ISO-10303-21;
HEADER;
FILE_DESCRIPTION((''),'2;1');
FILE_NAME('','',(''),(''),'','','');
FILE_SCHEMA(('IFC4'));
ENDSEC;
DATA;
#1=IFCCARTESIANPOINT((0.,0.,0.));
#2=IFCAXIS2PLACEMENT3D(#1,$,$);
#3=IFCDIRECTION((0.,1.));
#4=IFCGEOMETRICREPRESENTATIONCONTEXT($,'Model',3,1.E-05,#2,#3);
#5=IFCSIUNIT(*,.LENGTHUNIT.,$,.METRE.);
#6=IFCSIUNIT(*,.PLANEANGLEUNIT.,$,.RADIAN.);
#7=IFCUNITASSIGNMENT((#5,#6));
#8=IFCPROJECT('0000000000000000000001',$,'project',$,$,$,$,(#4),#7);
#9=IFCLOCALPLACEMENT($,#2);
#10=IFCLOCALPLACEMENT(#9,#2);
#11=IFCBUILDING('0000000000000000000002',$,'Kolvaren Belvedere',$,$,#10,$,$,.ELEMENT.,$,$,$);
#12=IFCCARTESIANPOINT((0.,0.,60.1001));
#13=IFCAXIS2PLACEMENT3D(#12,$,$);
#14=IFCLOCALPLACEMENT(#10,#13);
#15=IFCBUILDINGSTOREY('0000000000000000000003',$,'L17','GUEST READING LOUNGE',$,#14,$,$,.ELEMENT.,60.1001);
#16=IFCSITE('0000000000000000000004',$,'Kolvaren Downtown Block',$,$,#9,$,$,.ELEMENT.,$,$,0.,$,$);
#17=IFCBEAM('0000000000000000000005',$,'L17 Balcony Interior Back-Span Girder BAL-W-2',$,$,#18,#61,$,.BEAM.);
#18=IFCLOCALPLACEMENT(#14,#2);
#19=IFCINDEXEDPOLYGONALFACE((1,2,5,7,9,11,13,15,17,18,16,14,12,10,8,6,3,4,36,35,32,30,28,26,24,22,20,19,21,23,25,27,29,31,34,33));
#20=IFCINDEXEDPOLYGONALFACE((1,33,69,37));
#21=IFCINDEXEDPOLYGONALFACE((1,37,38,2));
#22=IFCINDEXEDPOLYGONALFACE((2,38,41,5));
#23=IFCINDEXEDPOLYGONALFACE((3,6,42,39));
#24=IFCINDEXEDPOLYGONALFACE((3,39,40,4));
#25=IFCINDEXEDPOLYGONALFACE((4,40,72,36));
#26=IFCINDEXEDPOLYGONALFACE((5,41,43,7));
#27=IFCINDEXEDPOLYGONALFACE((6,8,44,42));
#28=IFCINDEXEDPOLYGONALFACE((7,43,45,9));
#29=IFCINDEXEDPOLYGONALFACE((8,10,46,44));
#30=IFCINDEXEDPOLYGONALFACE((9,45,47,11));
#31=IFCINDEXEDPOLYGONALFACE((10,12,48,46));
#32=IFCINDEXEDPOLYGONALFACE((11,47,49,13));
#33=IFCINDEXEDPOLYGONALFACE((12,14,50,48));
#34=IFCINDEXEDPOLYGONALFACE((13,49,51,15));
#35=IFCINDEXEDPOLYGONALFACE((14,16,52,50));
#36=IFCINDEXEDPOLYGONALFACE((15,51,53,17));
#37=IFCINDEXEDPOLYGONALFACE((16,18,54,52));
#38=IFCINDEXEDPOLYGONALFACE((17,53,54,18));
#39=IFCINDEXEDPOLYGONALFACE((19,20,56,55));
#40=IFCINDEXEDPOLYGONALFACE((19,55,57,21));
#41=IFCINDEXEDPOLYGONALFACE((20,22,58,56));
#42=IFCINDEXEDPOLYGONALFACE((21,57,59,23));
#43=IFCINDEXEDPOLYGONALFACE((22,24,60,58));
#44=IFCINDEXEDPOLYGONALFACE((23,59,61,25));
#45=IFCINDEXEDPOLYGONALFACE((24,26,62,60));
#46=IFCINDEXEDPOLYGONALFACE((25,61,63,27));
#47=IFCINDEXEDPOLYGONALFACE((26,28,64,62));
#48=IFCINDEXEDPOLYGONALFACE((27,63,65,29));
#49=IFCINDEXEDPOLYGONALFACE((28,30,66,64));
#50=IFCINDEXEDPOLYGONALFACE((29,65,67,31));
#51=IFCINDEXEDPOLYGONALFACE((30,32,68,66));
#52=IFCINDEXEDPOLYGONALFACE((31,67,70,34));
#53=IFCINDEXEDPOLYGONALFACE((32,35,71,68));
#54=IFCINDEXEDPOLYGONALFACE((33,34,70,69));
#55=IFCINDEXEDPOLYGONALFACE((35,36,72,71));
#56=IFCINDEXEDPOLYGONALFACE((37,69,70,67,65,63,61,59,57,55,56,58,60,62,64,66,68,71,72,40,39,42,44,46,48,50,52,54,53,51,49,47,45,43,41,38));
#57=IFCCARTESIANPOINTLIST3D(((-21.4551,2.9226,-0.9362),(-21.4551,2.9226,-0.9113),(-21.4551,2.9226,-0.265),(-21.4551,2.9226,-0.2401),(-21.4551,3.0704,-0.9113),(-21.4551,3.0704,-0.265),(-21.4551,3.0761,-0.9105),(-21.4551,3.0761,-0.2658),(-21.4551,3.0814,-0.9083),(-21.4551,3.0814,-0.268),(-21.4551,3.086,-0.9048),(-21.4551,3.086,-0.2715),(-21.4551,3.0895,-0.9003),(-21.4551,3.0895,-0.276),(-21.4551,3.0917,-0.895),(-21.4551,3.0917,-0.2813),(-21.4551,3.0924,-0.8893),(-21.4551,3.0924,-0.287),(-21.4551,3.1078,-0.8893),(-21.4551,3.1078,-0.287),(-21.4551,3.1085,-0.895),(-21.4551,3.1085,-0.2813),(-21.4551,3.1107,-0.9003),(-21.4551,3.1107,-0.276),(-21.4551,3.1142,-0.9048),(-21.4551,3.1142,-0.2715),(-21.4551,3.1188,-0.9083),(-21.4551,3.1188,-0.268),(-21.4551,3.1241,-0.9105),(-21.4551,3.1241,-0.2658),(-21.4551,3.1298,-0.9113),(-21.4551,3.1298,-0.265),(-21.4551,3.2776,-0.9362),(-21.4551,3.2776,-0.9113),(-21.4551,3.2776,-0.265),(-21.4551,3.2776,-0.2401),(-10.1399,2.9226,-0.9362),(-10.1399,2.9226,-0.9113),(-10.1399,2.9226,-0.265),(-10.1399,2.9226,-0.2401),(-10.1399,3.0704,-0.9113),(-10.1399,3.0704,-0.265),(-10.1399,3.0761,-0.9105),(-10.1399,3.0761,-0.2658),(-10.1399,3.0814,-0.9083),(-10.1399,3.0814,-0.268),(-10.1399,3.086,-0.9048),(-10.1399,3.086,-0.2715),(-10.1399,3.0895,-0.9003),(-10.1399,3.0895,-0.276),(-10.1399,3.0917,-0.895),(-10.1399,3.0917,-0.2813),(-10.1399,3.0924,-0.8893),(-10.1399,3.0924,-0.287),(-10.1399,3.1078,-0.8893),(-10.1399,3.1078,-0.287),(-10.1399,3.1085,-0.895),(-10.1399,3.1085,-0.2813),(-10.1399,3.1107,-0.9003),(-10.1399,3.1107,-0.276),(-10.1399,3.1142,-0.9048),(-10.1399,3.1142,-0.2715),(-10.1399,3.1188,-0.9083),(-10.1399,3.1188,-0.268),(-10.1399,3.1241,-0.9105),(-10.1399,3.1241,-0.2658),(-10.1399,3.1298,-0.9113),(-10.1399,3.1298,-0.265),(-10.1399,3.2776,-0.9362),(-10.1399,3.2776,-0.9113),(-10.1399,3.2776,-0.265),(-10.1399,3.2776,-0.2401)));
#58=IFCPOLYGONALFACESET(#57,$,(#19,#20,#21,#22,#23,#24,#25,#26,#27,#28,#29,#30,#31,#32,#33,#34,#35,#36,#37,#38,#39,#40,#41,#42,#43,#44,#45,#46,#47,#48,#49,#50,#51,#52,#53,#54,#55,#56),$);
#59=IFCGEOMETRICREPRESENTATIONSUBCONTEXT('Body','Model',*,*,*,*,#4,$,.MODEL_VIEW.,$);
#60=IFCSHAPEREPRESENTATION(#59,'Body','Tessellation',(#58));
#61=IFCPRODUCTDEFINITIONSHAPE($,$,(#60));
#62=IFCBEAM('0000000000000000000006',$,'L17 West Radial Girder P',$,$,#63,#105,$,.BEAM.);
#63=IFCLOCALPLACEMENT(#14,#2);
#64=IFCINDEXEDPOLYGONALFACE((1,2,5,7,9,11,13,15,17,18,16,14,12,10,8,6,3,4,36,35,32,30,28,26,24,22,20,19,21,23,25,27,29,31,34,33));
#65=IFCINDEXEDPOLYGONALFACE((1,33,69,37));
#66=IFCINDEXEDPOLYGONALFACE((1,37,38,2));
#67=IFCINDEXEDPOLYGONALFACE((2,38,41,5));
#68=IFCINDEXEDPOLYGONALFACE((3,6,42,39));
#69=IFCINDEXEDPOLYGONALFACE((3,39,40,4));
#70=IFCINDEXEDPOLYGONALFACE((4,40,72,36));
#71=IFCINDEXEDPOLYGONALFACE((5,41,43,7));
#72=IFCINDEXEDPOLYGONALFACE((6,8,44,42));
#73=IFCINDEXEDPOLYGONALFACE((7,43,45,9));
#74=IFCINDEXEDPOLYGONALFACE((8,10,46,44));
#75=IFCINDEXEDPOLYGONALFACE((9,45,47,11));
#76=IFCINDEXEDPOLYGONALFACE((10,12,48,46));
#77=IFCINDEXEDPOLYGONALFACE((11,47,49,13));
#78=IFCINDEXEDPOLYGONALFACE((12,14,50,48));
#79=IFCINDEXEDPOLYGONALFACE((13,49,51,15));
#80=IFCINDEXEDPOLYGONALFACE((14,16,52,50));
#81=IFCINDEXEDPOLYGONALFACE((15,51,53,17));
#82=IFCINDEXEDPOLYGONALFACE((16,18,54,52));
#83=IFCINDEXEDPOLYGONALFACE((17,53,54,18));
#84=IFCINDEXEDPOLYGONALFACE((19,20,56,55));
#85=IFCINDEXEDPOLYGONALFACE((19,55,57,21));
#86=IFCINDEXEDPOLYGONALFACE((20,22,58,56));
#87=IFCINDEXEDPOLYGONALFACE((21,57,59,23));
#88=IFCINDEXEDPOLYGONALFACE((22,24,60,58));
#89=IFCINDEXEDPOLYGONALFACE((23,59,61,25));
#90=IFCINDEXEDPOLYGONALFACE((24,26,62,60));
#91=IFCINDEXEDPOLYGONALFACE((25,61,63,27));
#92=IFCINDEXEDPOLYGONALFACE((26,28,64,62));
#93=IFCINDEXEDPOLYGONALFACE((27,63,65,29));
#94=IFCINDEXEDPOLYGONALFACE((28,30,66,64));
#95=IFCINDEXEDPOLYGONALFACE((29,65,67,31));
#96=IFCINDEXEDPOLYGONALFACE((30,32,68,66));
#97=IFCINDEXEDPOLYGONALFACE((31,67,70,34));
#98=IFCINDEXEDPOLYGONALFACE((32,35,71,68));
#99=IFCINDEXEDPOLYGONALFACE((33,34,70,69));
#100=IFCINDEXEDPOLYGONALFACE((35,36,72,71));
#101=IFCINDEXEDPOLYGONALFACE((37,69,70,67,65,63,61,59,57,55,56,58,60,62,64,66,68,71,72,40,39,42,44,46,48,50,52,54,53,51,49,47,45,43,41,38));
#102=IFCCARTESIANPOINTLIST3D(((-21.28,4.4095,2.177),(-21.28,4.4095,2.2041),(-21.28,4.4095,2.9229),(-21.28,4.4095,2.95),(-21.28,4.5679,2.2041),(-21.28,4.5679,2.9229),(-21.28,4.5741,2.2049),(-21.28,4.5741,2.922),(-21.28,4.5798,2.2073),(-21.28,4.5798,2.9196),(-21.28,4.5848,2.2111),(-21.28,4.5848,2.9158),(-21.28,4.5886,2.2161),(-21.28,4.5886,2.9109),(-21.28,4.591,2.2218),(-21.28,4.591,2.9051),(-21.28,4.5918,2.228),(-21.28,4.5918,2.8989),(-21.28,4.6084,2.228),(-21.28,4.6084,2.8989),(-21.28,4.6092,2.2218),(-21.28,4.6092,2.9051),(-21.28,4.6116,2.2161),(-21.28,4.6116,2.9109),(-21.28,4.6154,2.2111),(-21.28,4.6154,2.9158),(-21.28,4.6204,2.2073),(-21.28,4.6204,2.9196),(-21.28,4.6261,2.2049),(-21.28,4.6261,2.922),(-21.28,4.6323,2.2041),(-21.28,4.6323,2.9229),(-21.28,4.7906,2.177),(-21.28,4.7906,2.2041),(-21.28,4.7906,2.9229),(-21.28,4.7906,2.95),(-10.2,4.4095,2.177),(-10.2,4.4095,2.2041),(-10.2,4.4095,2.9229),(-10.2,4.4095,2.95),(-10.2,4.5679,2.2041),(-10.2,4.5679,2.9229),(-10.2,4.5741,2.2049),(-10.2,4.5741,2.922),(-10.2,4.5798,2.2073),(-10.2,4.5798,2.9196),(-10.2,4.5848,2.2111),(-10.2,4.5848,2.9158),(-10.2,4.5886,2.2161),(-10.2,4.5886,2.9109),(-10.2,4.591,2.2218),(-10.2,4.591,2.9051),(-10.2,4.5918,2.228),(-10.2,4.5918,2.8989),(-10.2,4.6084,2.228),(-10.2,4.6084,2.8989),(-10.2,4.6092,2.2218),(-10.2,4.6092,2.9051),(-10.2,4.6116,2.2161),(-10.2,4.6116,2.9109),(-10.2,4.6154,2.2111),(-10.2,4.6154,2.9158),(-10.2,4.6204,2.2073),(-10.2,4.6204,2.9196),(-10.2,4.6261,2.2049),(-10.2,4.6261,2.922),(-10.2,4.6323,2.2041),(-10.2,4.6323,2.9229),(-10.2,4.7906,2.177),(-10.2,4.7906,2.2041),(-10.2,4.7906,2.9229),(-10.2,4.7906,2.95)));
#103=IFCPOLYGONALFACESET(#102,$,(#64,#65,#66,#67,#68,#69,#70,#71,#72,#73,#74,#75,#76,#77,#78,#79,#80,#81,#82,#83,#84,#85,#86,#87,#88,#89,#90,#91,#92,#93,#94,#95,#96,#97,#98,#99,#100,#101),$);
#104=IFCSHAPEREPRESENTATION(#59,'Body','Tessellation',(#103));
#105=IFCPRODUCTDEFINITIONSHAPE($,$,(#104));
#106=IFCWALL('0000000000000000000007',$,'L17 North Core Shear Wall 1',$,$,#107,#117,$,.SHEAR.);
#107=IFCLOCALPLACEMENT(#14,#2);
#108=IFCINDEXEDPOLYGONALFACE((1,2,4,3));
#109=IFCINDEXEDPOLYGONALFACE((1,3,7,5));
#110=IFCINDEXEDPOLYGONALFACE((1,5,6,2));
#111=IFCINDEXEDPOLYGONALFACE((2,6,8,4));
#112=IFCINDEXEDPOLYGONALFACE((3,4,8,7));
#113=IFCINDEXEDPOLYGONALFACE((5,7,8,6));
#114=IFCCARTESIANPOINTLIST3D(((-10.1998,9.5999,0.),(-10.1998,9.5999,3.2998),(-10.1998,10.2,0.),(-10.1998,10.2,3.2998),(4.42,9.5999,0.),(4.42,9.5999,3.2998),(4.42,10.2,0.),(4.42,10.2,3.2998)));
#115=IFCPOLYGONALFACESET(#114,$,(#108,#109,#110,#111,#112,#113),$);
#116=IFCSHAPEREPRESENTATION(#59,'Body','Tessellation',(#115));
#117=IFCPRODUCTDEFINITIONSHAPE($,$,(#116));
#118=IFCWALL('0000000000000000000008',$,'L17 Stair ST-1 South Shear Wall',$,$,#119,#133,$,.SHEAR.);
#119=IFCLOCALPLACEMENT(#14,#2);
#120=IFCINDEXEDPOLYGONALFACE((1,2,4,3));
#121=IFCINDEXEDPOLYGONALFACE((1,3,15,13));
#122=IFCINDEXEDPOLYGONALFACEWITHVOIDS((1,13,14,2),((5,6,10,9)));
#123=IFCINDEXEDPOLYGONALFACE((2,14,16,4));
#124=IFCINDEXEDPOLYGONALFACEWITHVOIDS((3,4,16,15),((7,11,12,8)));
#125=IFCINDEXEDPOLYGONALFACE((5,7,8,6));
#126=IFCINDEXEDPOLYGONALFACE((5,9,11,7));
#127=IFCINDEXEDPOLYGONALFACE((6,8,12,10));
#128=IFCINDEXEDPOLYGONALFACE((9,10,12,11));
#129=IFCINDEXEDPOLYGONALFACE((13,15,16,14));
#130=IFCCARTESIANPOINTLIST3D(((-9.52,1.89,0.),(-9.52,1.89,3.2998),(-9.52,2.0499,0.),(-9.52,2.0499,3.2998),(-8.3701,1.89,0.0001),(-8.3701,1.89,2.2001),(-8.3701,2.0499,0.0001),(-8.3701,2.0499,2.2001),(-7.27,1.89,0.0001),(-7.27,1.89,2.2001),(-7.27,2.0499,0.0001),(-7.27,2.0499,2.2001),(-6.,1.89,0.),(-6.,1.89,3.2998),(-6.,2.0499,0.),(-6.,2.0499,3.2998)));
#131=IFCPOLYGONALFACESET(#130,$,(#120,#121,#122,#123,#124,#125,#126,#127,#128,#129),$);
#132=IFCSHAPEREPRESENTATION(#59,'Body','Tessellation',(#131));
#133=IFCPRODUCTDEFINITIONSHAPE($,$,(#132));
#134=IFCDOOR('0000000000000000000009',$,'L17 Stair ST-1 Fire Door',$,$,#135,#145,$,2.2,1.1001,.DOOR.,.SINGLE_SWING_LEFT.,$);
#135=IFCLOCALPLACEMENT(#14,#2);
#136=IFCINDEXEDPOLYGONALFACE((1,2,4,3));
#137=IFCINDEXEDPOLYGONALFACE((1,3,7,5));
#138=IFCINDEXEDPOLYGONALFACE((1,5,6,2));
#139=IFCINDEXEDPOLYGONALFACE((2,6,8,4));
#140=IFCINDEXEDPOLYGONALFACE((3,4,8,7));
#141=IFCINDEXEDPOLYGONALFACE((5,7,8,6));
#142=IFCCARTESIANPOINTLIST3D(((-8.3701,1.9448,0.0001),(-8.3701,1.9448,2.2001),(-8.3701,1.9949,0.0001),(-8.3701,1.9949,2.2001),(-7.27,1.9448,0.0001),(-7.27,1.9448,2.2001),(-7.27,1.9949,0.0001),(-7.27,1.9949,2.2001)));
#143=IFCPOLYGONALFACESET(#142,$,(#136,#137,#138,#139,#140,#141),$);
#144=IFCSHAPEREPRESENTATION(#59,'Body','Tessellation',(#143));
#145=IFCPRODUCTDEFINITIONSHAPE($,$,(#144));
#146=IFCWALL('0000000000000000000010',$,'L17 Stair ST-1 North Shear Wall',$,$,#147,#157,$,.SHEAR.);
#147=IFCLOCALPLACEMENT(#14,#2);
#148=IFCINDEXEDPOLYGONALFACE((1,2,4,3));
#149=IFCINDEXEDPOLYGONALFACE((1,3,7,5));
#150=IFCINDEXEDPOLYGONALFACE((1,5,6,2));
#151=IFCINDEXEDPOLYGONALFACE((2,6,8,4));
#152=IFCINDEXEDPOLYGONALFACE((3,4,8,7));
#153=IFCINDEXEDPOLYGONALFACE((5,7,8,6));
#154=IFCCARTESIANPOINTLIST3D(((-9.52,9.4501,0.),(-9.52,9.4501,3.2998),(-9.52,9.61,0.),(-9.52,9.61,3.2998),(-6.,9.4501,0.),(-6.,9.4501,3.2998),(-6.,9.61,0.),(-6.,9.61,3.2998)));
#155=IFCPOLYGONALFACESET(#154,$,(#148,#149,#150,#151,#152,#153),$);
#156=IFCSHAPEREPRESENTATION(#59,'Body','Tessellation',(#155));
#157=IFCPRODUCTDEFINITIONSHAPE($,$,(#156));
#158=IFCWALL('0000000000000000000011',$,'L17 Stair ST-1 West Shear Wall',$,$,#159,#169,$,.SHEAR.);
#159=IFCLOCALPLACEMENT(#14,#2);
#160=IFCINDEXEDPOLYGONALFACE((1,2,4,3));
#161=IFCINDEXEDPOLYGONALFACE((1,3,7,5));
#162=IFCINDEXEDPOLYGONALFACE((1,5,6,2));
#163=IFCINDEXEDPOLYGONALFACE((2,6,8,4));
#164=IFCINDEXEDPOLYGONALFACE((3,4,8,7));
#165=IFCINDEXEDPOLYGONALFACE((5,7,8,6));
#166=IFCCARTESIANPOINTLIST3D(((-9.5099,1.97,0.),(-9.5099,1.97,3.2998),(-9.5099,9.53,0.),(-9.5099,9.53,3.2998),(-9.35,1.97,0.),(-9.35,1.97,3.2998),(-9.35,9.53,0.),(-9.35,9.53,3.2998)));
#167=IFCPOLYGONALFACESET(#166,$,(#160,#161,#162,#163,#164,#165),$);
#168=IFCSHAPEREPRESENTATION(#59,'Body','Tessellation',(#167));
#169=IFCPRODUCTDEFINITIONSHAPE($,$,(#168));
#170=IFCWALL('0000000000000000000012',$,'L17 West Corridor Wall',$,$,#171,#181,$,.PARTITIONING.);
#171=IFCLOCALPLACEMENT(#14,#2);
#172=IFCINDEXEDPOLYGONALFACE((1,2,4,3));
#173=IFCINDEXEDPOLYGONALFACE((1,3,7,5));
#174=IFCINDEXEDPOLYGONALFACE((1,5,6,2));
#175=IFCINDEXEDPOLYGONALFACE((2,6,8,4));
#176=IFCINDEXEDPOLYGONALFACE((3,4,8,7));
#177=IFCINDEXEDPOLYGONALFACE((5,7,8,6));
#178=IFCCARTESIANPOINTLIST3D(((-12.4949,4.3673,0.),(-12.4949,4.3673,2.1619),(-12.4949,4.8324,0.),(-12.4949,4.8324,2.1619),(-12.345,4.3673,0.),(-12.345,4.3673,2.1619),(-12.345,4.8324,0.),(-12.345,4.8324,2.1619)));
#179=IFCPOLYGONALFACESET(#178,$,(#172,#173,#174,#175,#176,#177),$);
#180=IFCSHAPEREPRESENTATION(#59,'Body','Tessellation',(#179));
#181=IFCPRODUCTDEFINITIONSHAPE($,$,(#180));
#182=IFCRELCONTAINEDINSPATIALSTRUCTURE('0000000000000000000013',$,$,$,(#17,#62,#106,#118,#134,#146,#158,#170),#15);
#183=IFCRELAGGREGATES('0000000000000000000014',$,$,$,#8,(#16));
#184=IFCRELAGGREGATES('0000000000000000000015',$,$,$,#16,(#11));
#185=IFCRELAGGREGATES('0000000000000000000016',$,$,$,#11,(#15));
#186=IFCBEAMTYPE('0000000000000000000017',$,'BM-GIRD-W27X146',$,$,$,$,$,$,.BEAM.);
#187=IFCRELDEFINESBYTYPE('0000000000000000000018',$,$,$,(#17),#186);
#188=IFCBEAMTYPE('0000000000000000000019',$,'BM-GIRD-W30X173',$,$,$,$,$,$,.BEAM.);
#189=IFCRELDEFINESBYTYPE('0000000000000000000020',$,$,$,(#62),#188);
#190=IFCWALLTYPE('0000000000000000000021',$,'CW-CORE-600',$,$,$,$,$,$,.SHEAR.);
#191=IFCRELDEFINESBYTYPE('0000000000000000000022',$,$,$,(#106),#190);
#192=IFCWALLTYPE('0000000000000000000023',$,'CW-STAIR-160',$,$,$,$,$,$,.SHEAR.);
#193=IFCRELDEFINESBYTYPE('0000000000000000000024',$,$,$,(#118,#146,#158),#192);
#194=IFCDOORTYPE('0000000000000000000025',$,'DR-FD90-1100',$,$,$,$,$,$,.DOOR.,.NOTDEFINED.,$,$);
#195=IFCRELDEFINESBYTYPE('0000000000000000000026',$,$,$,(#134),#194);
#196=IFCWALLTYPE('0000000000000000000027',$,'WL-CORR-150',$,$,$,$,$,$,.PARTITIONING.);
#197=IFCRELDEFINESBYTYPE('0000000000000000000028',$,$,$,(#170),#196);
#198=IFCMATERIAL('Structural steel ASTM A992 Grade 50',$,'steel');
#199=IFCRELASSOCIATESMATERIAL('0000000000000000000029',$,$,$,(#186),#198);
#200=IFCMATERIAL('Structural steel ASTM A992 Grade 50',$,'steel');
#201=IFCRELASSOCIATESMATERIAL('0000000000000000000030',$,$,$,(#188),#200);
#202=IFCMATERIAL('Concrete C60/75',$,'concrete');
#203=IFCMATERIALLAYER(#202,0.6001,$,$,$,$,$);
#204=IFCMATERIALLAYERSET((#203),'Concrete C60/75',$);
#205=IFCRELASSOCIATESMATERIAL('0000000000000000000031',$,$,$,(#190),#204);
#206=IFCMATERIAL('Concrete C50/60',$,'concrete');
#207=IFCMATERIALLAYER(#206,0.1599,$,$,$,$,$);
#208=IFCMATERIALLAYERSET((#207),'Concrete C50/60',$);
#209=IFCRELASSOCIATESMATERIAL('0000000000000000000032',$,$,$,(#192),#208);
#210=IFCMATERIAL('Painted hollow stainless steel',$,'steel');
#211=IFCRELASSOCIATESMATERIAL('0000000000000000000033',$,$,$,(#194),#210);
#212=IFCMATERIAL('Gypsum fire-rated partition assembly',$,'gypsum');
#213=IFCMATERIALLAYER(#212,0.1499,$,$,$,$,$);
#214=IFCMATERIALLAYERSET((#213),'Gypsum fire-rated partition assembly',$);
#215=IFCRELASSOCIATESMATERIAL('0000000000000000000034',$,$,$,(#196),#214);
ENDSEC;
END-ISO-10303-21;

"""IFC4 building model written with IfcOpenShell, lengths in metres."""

from ifc_helpers import new_model, si_unit, direction, frame, frame_2d, origin, origin_2d, place, context, subcontext, project, spatial, rectangle, i_section, extrude, material, layer, layer_set, material_profile, profile_set, type_object, element, fill, save


model = new_model("IFC4")

# Units and contexts
model_context = context("Model", 3, precision=1e-05, world=origin(), true_north=direction((0.0, 1.0)))
body_context = subcontext(model_context, "Body", "Model", "MODEL_VIEW")
ifc_project = project(units=[si_unit("LENGTHUNIT", "METRE"), si_unit("PLANEANGLEUNIT", "RADIAN")], contexts=[model_context])

# Site, building, storey
site_placement = place(None, origin())
site = spatial("IfcSite", under=ifc_project, at=site_placement, Name="Kolvaren Downtown Block", CompositionType="ELEMENT", RefElevation=0.0)
building_placement = place(site_placement, origin())
building = spatial("IfcBuilding", under=site, at=building_placement, Name="Kolvaren Belvedere", CompositionType="ELEMENT")
storey_placement = place(building_placement, frame((0.0, 0.0, 60.1001)))
storey = spatial("IfcBuildingStorey", under=building, at=storey_placement, Name="L17", Description="GUEST READING LOUNGE", CompositionType="ELEMENT", Elevation=60.1001)

# Beams
ifc_material_1 = material(Name="Structural steel ASTM A992 Grade 50", Category="steel")
ifc_material_profile_1 = material_profile(ifc_material_1, i_section(OverallWidth=0.355, OverallDepth=0.696, WebThickness=0.0154, FlangeThickness=0.0249, FilletRadius=0.022, at=origin_2d()), Name="W27X146")
ifc_profile_set_1 = profile_set([ifc_material_profile_1], Name="Structural steel ASTM A992 Grade 50")
beam_type_1 = type_object("IfcBeamType", Name="BM-GIRD-W27X146", PredefinedType="BEAM", material=ifc_profile_set_1)
beam_1_placement = place(storey_placement, frame((-10.1399, 3.1001, -0.5881), z_axis=(-1.0, 0.0, 0.0), x_axis=(0.0, -1.0, 0.0)))
element("IfcBeam", 1, at=beam_1_placement, inside=storey, type_object=beam_type_1, Name="L17 Balcony Interior Back-Span Girder BAL-W-2", PredefinedType="BEAM", context=body_context, shape_type="SweptSolid", body=[
    extrude(i_section(OverallWidth=0.355, OverallDepth=0.696, WebThickness=0.0154, FlangeThickness=0.0249, FilletRadius=0.022, at=origin_2d()), origin(), (0.0, 0.0, 1.0), 11.3152),
])
ifc_material_2 = material(Name="Structural steel ASTM A992 Grade 50", Category="steel")
ifc_material_profile_2 = material_profile(ifc_material_2, i_section(OverallWidth=0.3811, OverallDepth=0.7729, WebThickness=0.0166, FlangeThickness=0.0271, FilletRadius=0.0239, at=origin_2d()), Name="W30X173")
ifc_profile_set_2 = profile_set([ifc_material_profile_2], Name="Structural steel ASTM A992 Grade 50")
beam_type_2 = type_object("IfcBeamType", Name="BM-GIRD-W30X173", PredefinedType="BEAM", material=ifc_profile_set_2)
beam_2_placement = place(storey_placement, frame((-10.2, 4.6001, 2.5635), z_axis=(-1.0, 0.0, 0.0), x_axis=(0.0, -1.0, 0.0)))
element("IfcBeam", 2, at=beam_2_placement, inside=storey, type_object=beam_type_2, Name="L17 West Radial Girder P", PredefinedType="BEAM", context=body_context, shape_type="SweptSolid", body=[
    extrude(i_section(OverallWidth=0.3811, OverallDepth=0.7729, WebThickness=0.0166, FlangeThickness=0.0271, FilletRadius=0.0239, at=origin_2d()), origin(), (0.0, 0.0, 1.0), 11.0801),
])

# Wall
ifc_material_3 = material(Name="Concrete C60/75", Category="concrete")
ifc_layer_1 = layer(ifc_material_3, 0.6001)
ifc_layer_set_1 = layer_set([ifc_layer_1], Name="Concrete C60/75")
wall_type_1 = type_object("IfcWallType", Name="CW-CORE-600", PredefinedType="SHEAR", material=ifc_layer_set_1)
wall_1_placement = place(storey_placement, frame((-10.2, 9.8999, 0.0), z_axis=(0.0, 0.0, 1.0), x_axis=(1.0, 0.0, 0.0)))
element("IfcWall", 3, at=wall_1_placement, inside=storey, type_object=wall_type_1, Name="L17 North Core Shear Wall 1", PredefinedType="SHEAR", context=body_context, shape_type="SweptSolid", body=[
    extrude(rectangle(XDim=14.6199, YDim=0.6001, at=frame_2d((7.3101, 0.0))), origin(), (0.0, 0.0, 1.0), 3.2998),
])

# Wall, opening, door
ifc_material_4 = material(Name="Concrete C50/60", Category="concrete")
ifc_layer_2 = layer(ifc_material_4, 0.1599)
ifc_layer_set_2 = layer_set([ifc_layer_2], Name="Concrete C50/60")
wall_type_2 = type_object("IfcWallType", Name="CW-STAIR-160", PredefinedType="SHEAR", material=ifc_layer_set_2)
wall_2_placement = place(storey_placement, frame((-9.52, 1.97, 0.0), z_axis=(0.0, 0.0, 1.0), x_axis=(1.0, 0.0, 0.0)))
wall_2 = element("IfcWall", 4, at=wall_2_placement, inside=storey, type_object=wall_type_2, Name="L17 Stair ST-1 South Shear Wall", PredefinedType="SHEAR", context=body_context, shape_type="SweptSolid", body=[
    extrude(rectangle(XDim=3.52, YDim=0.1599, at=frame_2d((1.76, 0.0))), origin(), (0.0, 0.0, 1.0), 3.2998),
])
opening_1_placement = place(wall_2_placement, frame((1.1499, 0.0, 0.0)))
opening_1 = element("IfcOpeningElement", 5, at=opening_1_placement, cuts=wall_2, PredefinedType="OPENING", context=body_context, shape_type="SweptSolid", body=[
    extrude(rectangle(XDim=1.1001, YDim=2.2, at=frame_2d((0.55, 1.1001))), frame((0.0, 0.0898, 0.0), z_axis=(0.0, -1.0, 0.0), x_axis=(1.0, 0.0, 0.0)), (0.0, 0.0, 1.0), 0.1799),
])
ifc_material_5 = material(Name="Painted hollow stainless steel", Category="steel")
door_type_1 = type_object("IfcDoorType", Name="DR-FD90-1100", OperationType="NOTDEFINED", PredefinedType="DOOR", material=ifc_material_5)
door_1_placement = place(opening_1_placement, origin())
door_1 = element("IfcDoor", 6, at=door_1_placement, inside=storey, type_object=door_type_1, Name="L17 Stair ST-1 Fire Door", OperationType="SINGLE_SWING_LEFT", OverallHeight=2.2, OverallWidth=1.1001, PredefinedType="DOOR", context=body_context, shape_type="SweptSolid", body=[
    extrude(rectangle(XDim=1.1001, YDim=2.2, at=frame_2d((0.55, 1.1001))), frame((0.0, 0.0249, 0.0), z_axis=(0.0, -1.0, 0.0), x_axis=(1.0, 0.0, 0.0)), (0.0, 0.0, 1.0), 0.05),
])
fill(opening_1, door_1)

# Walls
wall_3_placement = place(storey_placement, frame((-9.52, 9.53, 0.0), z_axis=(0.0, 0.0, 1.0), x_axis=(1.0, 0.0, 0.0)))
element("IfcWall", 7, at=wall_3_placement, inside=storey, type_object=wall_type_2, Name="L17 Stair ST-1 North Shear Wall", PredefinedType="SHEAR", context=body_context, shape_type="SweptSolid", body=[
    extrude(rectangle(XDim=3.52, YDim=0.1599, at=frame_2d((1.76, 0.0))), origin(), (0.0, 0.0, 1.0), 3.2998),
])
wall_4_placement = place(storey_placement, frame((-9.4299, 1.97, 0.0), z_axis=(0.0, 0.0, 1.0), x_axis=(0.0, 1.0, 0.0)))
element("IfcWall", 8, at=wall_4_placement, inside=storey, type_object=wall_type_2, Name="L17 Stair ST-1 West Shear Wall", PredefinedType="SHEAR", context=body_context, shape_type="SweptSolid", body=[
    extrude(rectangle(XDim=7.5601, YDim=0.1599, at=frame_2d((3.78, 0.0))), origin(), (0.0, 0.0, 1.0), 3.2998),
])
ifc_material_6 = material(Name="Gypsum fire-rated partition assembly", Category="gypsum")
ifc_layer_3 = layer(ifc_material_6, 0.1499)
ifc_layer_set_3 = layer_set([ifc_layer_3], Name="Gypsum fire-rated partition assembly")
wall_type_3 = type_object("IfcWallType", Name="WL-CORR-150", PredefinedType="PARTITIONING", material=ifc_layer_set_3)
wall_5_placement = place(storey_placement, frame((-12.4199, 4.3674, 0.0), z_axis=(0.0, 0.0, 1.0), x_axis=(0.0, 1.0, 0.0)))
element("IfcWall", 9, at=wall_5_placement, inside=storey, type_object=wall_type_3, Name="L17 West Corridor Wall", PredefinedType="PARTITIONING", context=body_context, shape_type="SweptSolid", body=[
    extrude(rectangle(XDim=0.4651, YDim=0.1499, at=frame_2d((0.2324, 0.0))), origin(), (0.0, 0.0, 1.0), 2.1619),
])

save(model, "model.ifc")
